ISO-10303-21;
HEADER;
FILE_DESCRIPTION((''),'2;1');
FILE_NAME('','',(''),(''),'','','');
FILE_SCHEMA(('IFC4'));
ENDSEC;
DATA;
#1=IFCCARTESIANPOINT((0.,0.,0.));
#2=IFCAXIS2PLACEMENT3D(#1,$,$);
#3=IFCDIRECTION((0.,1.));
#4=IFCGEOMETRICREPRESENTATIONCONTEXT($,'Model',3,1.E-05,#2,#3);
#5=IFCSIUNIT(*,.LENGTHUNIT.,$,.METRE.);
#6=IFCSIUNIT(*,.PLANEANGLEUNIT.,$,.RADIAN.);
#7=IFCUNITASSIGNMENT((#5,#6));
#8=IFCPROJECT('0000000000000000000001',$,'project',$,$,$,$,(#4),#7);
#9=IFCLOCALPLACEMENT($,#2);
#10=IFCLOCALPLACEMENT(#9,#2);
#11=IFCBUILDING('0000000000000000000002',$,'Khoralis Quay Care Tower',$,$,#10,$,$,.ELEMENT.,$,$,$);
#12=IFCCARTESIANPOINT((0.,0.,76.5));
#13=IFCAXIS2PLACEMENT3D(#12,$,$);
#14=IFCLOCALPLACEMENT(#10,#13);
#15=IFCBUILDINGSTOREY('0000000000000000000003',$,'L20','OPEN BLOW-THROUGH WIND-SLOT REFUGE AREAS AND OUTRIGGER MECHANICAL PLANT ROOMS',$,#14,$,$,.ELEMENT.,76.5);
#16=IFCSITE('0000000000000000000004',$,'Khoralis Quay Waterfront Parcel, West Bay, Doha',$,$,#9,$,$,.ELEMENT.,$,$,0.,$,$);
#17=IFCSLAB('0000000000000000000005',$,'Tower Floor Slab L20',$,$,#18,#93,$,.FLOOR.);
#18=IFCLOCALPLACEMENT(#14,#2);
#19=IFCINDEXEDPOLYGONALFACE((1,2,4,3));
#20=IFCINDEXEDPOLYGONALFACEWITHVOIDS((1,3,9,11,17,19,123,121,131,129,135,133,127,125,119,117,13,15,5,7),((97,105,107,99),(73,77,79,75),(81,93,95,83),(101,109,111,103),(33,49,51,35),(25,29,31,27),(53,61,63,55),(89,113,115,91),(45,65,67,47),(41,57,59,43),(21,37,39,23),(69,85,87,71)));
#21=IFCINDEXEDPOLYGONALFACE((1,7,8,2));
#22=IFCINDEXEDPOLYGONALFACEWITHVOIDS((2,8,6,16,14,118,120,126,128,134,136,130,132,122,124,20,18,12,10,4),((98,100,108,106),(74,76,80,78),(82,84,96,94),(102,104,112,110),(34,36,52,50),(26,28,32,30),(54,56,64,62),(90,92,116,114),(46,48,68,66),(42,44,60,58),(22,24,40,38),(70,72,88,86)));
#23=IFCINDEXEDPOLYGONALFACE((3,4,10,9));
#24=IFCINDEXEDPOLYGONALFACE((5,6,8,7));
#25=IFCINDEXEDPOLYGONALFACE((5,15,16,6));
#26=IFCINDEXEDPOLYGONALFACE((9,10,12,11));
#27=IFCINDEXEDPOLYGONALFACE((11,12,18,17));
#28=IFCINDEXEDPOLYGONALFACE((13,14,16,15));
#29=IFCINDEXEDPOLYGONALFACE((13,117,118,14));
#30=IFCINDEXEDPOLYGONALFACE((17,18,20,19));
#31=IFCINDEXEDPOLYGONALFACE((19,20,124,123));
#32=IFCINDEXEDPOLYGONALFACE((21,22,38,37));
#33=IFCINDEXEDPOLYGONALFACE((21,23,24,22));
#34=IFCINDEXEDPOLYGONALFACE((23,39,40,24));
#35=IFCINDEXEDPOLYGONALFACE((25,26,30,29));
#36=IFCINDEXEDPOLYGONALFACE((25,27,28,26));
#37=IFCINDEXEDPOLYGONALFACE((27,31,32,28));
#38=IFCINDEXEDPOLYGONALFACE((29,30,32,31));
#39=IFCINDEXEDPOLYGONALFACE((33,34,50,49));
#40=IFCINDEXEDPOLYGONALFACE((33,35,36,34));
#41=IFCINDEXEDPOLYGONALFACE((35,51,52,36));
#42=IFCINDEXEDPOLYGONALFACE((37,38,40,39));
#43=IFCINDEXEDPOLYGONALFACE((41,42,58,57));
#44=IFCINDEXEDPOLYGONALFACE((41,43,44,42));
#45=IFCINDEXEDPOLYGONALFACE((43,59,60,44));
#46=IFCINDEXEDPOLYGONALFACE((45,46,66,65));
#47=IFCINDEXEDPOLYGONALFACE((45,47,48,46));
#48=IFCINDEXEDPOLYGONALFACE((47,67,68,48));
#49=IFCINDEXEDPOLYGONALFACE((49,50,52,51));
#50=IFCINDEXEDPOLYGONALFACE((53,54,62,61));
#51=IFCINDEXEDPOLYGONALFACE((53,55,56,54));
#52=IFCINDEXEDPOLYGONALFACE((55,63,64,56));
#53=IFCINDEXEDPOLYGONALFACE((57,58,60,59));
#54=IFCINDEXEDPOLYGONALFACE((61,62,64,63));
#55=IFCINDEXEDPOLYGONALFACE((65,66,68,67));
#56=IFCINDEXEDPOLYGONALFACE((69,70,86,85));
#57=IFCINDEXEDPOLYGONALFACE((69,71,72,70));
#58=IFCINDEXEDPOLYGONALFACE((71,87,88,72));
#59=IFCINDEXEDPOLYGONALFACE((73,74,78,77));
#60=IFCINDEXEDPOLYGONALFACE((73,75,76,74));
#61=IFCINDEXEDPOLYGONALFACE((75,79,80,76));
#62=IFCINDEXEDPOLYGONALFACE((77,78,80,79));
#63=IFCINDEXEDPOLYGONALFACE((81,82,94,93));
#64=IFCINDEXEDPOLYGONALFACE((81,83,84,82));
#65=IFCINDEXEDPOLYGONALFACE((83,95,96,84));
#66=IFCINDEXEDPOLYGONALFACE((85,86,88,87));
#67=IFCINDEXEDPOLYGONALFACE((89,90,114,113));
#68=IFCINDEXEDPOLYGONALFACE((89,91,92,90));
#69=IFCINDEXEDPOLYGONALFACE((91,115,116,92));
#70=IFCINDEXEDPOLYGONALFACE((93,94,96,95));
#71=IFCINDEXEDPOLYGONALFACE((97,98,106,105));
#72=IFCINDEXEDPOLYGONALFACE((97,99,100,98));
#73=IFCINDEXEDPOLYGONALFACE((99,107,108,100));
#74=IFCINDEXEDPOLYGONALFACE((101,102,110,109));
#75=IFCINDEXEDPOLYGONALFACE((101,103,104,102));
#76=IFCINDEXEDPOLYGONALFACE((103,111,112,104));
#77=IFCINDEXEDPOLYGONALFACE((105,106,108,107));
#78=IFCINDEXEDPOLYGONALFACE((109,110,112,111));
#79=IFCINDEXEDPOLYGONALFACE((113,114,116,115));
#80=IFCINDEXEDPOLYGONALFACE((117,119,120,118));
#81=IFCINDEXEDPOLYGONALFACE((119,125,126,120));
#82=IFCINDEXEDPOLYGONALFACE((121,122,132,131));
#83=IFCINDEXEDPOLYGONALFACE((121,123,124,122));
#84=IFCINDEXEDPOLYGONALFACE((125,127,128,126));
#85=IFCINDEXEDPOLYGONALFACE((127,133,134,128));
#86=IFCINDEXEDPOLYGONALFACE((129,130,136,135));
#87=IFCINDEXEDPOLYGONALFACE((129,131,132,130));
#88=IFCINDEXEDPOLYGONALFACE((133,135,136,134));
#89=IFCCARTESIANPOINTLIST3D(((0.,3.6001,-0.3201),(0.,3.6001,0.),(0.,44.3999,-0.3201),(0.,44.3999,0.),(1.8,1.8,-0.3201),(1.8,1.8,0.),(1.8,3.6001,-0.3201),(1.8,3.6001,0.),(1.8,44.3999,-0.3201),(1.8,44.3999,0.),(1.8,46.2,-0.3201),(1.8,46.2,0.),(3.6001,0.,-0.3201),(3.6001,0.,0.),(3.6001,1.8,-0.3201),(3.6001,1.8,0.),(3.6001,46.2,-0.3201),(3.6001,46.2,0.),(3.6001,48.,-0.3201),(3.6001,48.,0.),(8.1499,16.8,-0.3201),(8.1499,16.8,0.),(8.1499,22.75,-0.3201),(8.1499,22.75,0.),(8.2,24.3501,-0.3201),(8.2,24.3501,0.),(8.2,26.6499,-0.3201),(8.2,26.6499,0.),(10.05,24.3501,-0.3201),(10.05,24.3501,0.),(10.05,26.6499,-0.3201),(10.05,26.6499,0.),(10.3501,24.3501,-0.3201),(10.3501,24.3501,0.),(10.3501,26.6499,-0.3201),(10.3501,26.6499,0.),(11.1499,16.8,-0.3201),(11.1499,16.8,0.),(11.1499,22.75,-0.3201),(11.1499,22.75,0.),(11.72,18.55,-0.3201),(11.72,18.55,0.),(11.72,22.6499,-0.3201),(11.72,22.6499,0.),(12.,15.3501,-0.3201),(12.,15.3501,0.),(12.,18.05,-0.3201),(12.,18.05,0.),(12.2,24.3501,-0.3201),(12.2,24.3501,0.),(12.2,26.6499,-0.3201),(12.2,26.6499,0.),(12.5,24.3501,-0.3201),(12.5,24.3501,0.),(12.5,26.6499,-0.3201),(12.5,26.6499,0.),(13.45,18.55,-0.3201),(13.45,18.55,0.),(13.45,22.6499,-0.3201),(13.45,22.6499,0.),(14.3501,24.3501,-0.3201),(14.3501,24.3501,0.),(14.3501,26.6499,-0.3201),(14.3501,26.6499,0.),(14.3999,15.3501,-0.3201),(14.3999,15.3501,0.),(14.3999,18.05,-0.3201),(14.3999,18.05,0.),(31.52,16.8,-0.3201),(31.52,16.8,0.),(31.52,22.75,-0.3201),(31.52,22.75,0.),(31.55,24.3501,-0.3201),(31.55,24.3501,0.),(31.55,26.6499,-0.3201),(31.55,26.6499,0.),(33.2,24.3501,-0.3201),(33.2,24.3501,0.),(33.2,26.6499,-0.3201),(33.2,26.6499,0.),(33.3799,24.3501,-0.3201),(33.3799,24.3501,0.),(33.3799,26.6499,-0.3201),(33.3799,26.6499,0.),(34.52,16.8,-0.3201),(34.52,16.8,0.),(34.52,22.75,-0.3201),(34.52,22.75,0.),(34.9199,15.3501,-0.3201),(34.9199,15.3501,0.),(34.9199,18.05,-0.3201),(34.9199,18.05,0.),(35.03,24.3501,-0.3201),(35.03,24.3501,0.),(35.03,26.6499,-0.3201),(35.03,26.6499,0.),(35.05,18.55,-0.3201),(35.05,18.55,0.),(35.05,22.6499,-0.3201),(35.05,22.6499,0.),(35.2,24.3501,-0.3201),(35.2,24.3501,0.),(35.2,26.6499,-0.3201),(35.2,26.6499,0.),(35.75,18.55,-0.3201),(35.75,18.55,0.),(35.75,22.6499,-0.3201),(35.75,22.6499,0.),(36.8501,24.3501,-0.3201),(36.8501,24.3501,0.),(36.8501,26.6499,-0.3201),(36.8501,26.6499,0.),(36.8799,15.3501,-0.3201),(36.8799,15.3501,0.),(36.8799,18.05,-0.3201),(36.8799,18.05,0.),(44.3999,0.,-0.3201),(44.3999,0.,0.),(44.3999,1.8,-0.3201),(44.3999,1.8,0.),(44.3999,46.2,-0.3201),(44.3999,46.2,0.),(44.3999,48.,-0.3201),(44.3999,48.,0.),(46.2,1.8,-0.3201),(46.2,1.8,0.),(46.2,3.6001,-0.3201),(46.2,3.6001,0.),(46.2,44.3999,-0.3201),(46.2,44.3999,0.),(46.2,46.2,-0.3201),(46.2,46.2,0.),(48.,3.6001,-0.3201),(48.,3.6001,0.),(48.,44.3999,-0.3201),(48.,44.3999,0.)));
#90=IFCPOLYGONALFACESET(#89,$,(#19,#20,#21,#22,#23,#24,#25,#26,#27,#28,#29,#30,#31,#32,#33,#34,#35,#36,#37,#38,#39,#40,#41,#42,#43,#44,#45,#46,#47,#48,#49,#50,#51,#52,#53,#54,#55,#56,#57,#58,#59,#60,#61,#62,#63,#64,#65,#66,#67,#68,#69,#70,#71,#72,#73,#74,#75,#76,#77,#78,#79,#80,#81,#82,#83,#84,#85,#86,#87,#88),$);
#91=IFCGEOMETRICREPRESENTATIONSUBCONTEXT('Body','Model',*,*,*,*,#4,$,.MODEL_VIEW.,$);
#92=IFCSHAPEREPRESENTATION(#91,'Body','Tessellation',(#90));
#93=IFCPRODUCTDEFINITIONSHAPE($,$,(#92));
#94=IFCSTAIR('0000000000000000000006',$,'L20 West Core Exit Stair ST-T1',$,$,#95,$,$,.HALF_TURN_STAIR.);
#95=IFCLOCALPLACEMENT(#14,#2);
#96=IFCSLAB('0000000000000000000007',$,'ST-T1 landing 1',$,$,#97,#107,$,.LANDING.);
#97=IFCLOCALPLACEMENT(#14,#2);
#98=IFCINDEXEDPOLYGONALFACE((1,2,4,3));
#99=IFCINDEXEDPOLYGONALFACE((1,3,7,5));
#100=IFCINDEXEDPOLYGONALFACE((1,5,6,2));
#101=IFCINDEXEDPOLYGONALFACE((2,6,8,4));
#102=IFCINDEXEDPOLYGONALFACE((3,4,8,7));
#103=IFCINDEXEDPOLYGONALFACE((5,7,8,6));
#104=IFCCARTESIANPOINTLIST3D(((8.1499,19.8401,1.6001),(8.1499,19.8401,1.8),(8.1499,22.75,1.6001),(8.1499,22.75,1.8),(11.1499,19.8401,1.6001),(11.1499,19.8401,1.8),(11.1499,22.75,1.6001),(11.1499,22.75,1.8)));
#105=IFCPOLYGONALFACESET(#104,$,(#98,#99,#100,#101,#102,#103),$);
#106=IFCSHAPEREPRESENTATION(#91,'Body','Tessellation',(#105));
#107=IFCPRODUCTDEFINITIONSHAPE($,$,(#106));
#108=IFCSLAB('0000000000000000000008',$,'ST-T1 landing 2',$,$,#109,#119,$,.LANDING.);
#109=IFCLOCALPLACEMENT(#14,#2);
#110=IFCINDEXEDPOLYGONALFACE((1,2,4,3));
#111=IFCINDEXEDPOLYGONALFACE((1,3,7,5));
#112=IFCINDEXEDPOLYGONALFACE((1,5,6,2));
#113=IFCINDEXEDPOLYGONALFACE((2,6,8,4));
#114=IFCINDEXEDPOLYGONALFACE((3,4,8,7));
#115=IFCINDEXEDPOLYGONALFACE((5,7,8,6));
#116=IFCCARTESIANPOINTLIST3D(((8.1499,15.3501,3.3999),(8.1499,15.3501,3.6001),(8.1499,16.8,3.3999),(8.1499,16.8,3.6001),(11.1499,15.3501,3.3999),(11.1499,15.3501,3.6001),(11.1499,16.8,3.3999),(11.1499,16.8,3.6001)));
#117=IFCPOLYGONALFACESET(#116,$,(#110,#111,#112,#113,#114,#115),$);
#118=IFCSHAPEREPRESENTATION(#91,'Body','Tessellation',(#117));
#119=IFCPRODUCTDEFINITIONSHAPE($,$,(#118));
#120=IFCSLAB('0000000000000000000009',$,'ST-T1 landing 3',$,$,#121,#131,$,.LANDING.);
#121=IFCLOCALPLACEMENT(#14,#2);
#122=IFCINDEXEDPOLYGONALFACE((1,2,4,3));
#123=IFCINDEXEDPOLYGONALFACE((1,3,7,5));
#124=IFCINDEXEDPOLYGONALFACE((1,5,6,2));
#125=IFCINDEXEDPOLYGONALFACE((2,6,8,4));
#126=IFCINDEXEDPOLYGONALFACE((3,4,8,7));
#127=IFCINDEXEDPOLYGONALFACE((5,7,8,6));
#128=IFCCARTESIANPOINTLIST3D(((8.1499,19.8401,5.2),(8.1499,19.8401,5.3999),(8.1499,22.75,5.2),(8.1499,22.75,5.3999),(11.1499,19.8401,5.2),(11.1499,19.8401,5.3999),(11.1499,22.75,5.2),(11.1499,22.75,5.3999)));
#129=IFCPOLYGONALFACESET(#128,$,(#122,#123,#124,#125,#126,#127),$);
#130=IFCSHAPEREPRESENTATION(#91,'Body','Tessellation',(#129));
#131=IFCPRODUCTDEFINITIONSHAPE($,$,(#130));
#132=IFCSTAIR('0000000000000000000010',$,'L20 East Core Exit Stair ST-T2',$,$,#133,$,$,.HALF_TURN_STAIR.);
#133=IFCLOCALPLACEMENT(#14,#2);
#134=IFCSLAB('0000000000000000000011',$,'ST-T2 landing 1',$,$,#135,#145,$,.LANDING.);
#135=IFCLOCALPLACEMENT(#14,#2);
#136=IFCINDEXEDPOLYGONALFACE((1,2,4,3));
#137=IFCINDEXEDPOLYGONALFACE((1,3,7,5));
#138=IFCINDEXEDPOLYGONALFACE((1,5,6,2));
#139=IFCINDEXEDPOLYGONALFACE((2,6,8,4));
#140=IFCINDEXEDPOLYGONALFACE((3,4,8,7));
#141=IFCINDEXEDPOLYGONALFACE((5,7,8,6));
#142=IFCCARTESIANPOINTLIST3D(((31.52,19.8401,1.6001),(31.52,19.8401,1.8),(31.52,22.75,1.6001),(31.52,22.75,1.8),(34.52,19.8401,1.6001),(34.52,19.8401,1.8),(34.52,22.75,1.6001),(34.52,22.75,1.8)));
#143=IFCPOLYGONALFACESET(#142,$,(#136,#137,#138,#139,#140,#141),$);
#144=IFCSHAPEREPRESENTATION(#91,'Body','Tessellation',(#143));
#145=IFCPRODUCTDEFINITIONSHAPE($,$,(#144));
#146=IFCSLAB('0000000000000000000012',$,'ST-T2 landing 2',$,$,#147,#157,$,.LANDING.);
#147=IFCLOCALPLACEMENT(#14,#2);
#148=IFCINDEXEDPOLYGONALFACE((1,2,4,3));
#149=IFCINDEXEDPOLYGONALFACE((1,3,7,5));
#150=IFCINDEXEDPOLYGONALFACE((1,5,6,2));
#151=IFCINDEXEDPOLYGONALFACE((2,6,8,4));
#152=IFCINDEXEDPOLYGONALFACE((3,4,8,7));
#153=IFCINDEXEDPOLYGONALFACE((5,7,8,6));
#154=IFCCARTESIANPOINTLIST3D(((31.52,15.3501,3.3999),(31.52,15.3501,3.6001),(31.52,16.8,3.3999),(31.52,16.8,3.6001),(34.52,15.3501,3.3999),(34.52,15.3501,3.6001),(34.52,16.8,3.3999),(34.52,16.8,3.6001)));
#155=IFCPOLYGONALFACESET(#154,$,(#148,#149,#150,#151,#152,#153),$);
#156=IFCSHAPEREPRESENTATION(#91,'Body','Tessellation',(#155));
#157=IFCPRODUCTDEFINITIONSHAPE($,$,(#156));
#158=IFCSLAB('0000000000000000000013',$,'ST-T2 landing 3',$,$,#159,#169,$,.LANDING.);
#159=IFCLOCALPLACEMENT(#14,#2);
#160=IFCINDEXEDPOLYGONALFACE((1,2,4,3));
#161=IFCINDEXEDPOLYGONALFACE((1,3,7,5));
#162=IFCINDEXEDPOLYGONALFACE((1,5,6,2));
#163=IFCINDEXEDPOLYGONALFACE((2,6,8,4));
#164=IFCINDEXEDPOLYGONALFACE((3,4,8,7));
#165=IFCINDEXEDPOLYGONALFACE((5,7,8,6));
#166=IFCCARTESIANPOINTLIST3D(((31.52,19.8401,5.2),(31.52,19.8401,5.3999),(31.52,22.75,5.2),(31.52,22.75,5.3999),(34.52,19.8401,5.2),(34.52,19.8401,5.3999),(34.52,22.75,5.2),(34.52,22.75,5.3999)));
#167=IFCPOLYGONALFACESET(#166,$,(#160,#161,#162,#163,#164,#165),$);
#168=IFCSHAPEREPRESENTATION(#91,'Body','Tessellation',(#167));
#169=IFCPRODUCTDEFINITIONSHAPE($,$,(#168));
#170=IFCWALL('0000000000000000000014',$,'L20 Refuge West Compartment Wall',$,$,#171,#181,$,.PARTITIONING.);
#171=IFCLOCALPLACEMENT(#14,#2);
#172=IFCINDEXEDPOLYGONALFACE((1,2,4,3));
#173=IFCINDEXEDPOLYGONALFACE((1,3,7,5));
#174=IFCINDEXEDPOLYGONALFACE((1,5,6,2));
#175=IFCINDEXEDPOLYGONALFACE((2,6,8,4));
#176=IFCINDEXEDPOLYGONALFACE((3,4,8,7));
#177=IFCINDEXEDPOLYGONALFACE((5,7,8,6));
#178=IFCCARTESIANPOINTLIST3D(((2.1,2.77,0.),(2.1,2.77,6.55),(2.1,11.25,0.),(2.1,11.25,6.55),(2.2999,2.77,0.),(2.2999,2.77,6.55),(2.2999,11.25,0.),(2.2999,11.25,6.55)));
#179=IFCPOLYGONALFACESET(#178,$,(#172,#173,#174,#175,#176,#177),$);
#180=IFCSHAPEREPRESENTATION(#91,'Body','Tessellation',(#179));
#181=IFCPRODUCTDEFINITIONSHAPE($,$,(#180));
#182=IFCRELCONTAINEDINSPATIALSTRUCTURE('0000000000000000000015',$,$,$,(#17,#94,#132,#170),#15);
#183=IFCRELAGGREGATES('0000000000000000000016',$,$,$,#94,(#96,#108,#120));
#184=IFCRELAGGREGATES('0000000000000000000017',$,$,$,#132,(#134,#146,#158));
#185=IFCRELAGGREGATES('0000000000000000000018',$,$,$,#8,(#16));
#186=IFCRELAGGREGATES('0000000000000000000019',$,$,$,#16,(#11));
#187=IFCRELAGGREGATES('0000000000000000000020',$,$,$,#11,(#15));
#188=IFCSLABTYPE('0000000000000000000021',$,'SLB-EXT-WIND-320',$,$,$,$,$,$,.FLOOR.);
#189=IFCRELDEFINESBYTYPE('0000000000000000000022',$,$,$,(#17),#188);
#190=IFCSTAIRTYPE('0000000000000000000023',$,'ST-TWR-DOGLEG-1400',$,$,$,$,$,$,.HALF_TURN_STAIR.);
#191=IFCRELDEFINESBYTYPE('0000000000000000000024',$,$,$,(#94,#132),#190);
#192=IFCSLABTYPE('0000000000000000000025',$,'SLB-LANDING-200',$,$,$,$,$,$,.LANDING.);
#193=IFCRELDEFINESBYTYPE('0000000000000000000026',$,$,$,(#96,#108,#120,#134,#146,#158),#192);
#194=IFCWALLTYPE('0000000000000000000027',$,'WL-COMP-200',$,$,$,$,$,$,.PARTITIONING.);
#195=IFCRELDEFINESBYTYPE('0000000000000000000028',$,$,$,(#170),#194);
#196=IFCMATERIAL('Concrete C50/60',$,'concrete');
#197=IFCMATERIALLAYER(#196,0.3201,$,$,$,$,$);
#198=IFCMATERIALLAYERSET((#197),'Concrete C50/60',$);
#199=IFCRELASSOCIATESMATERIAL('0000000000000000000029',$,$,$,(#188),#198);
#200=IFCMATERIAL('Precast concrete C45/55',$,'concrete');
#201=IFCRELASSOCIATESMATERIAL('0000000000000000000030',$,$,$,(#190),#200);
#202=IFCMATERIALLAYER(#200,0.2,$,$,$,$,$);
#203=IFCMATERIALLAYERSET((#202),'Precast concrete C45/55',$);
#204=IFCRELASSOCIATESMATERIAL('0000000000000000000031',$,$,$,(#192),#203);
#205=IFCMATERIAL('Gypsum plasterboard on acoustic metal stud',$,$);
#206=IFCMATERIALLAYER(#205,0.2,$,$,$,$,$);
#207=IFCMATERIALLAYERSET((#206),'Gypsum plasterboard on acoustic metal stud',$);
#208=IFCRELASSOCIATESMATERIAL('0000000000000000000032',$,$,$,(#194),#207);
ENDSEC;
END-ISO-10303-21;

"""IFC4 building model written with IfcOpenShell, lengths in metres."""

from ifc_helpers import new_model, si_unit, direction, frame, frame_2d, origin, place, context, subcontext, project, spatial, polyline, rectangle, outline, extrude, material, layer, layer_set, type_object, element, aggregate, save


model = new_model("IFC4")

# Units and contexts
model_context = context("Model", 3, precision=1e-05, world=origin(), true_north=direction((0.0, 1.0)))
body_context = subcontext(model_context, "Body", "Model", "MODEL_VIEW")
ifc_project = project(units=[si_unit("LENGTHUNIT", "METRE"), si_unit("PLANEANGLEUNIT", "RADIAN")], contexts=[model_context])

# Site, building, storey
site_placement = place(None, origin())
site = spatial("IfcSite", under=ifc_project, at=site_placement, Name="Khoralis Quay Waterfront Parcel, West Bay, Doha", CompositionType="ELEMENT", RefElevation=0.0)
building_placement = place(site_placement, origin())
building = spatial("IfcBuilding", under=site, at=building_placement, Name="Khoralis Quay Care Tower", CompositionType="ELEMENT")
storey_placement = place(building_placement, frame((0.0, 0.0, 76.5)))
storey = spatial("IfcBuildingStorey", under=building, at=storey_placement, Name="L20", Description="OPEN BLOW-THROUGH WIND-SLOT REFUGE AREAS AND OUTRIGGER MECHANICAL PLANT ROOMS", CompositionType="ELEMENT", Elevation=76.5)

# Slab
ifc_material_1 = material(Name="Concrete C50/60", Category="concrete")
ifc_layer_1 = layer(ifc_material_1, 0.3201)
ifc_layer_set_1 = layer_set([ifc_layer_1], Name="Concrete C50/60")
slab_type_1 = type_object("IfcSlabType", Name="SLB-EXT-WIND-320", PredefinedType="FLOOR", material=ifc_layer_set_1)
slab_1_placement = place(storey_placement, frame((0.0, 0.0, -0.3201)))
element("IfcSlab", 1, at=slab_1_placement, inside=storey, type_object=slab_type_1, Name="Tower Floor Slab L20", PredefinedType="FLOOR", context=body_context, shape_type="SweptSolid", body=[
    extrude(outline(polyline([(3.6001, 0.0), (44.3999, 0.0), (44.3999, 1.8), (46.2, 1.8), (46.2, 3.6001), (48.0, 3.6001), (48.0, 44.3999), (46.2, 44.3999), (46.2, 46.2), (44.3999, 46.2), (44.3999, 48.0), (3.6001, 48.0), (3.6001, 46.2), (1.8, 46.2), (1.8, 44.3999), (0.0, 44.3999), (0.0, 3.6001), (1.8, 3.6001), (1.8, 1.8), (3.6001, 1.8), (3.6001, 0.0)]), holes=[polyline([(11.1499, 16.8), (11.1499, 22.75), (8.1499, 22.75), (8.1499, 16.8), (11.1499, 16.8)]), polyline([(34.52, 16.8), (34.52, 22.75), (31.52, 22.75), (31.52, 16.8), (34.52, 16.8)]), polyline([(12.0, 15.3501), (14.3999, 15.3501), (14.3999, 18.05), (12.0, 18.05), (12.0, 15.3501)]), polyline([(34.9199, 15.3501), (36.8799, 15.3501), (36.8799, 18.05), (34.9199, 18.05), (34.9199, 15.3501)]), polyline([(8.2, 24.3501), (10.05, 24.3501), (10.05, 26.6499), (8.2, 26.6499), (8.2, 24.3501)]), polyline([(31.55, 24.3501), (33.2, 24.3501), (33.2, 26.6499), (31.55, 26.6499), (31.55, 24.3501)]), polyline([(10.3501, 24.3501), (12.2, 24.3501), (12.2, 26.6499), (10.3501, 26.6499), (10.3501, 24.3501)]), polyline([(33.3799, 24.3501), (35.03, 24.3501), (35.03, 26.6499), (33.3799, 26.6499), (33.3799, 24.3501)]), polyline([(12.5, 24.3501), (14.3501, 24.3501), (14.3501, 26.6499), (12.5, 26.6499), (12.5, 24.3501)]), polyline([(35.2, 24.3501), (36.8501, 24.3501), (36.8501, 26.6499), (35.2, 26.6499), (35.2, 24.3501)]), polyline([(11.72, 18.55), (13.45, 18.55), (13.45, 22.6499), (11.72, 22.6499), (11.72, 18.55)]), polyline([(35.05, 18.55), (35.75, 18.55), (35.75, 22.6499), (35.05, 22.6499), (35.05, 18.55)])]), origin(), (0.0, 0.0, 1.0), 0.3201),
])

# Stairs, slabs
ifc_material_2 = material(Name="Precast concrete C45/55", Category="concrete")
stair_type = type_object("IfcStairType", Name="ST-TWR-DOGLEG-1400", PredefinedType="HALF_TURN_STAIR", material=ifc_material_2)
stair_1_placement = place(storey_placement, origin())
stair_1 = element("IfcStair", 2, at=stair_1_placement, inside=storey, type_object=stair_type, Name="L20 West Core Exit Stair ST-T1", PredefinedType="HALF_TURN_STAIR")
ifc_layer_2 = layer(ifc_material_2, 0.2)
ifc_layer_set_2 = layer_set([ifc_layer_2], Name="Precast concrete C45/55")
slab_type_2 = type_object("IfcSlabType", Name="SLB-LANDING-200", PredefinedType="LANDING", material=ifc_layer_set_2)
slab_2_placement = place(storey_placement, frame((0.0, 0.0, 1.6001)))
slab_2 = element("IfcSlab", 3, at=slab_2_placement, type_object=slab_type_2, Name="ST-T1 landing 1", PredefinedType="LANDING", context=body_context, shape_type="SweptSolid", body=[
    extrude(outline(polyline([(11.1499, 19.8401), (11.1499, 22.75), (8.1499, 22.75), (8.1499, 19.8401), (11.1499, 19.8401)])), origin(), (0.0, 0.0, 1.0), 0.2),
])
slab_3_placement = place(storey_placement, frame((0.0, 0.0, 3.3999)))
slab_3 = element("IfcSlab", 4, at=slab_3_placement, type_object=slab_type_2, Name="ST-T1 landing 2", PredefinedType="LANDING", context=body_context, shape_type="SweptSolid", body=[
    extrude(outline(polyline([(11.1499, 15.3501), (11.1499, 16.8), (8.1499, 16.8), (8.1499, 15.3501), (11.1499, 15.3501)])), origin(), (0.0, 0.0, 1.0), 0.2002),
])
slab_4_placement = place(storey_placement, frame((0.0, 0.0, 5.2)))
slab_4 = element("IfcSlab", 5, at=slab_4_placement, type_object=slab_type_2, Name="ST-T1 landing 3", PredefinedType="LANDING", context=body_context, shape_type="SweptSolid", body=[
    extrude(outline(polyline([(11.1499, 19.8401), (11.1499, 22.75), (8.1499, 22.75), (8.1499, 19.8401), (11.1499, 19.8401)])), origin(), (0.0, 0.0, 1.0), 0.2),
])
aggregate(stair_1, [slab_2, slab_3, slab_4])
stair_2_placement = place(storey_placement, origin())
stair_2 = element("IfcStair", 6, at=stair_2_placement, inside=storey, type_object=stair_type, Name="L20 East Core Exit Stair ST-T2", PredefinedType="HALF_TURN_STAIR")
slab_5_placement = place(storey_placement, frame((0.0, 0.0, 1.6001)))
slab_5 = element("IfcSlab", 7, at=slab_5_placement, type_object=slab_type_2, Name="ST-T2 landing 1", PredefinedType="LANDING", context=body_context, shape_type="SweptSolid", body=[
    extrude(outline(polyline([(34.52, 19.8401), (34.52, 22.75), (31.52, 22.75), (31.52, 19.8401), (34.52, 19.8401)])), origin(), (0.0, 0.0, 1.0), 0.2),
])
slab_6_placement = place(storey_placement, frame((0.0, 0.0, 3.3999)))
slab_6 = element("IfcSlab", 8, at=slab_6_placement, type_object=slab_type_2, Name="ST-T2 landing 2", PredefinedType="LANDING", context=body_context, shape_type="SweptSolid", body=[
    extrude(outline(polyline([(34.52, 15.3501), (34.52, 16.8), (31.52, 16.8), (31.52, 15.3501), (34.52, 15.3501)])), origin(), (0.0, 0.0, 1.0), 0.2002),
])
slab_7_placement = place(storey_placement, frame((0.0, 0.0, 5.2)))
slab_7 = element("IfcSlab", 9, at=slab_7_placement, type_object=slab_type_2, Name="ST-T2 landing 3", PredefinedType="LANDING", context=body_context, shape_type="SweptSolid", body=[
    extrude(outline(polyline([(34.52, 19.8401), (34.52, 22.75), (31.52, 22.75), (31.52, 19.8401), (34.52, 19.8401)])), origin(), (0.0, 0.0, 1.0), 0.2),
])
aggregate(stair_2, [slab_5, slab_6, slab_7])

# Wall
ifc_material_3 = material(Name="Gypsum plasterboard on acoustic metal stud")
ifc_layer_3 = layer(ifc_material_3, 0.2)
ifc_layer_set_3 = layer_set([ifc_layer_3], Name="Gypsum plasterboard on acoustic metal stud")
wall_type_1 = type_object("IfcWallType", Name="WL-COMP-200", PredefinedType="PARTITIONING", material=ifc_layer_set_3)
wall_1_placement = place(storey_placement, frame((2.2, 2.77, 0.0), z_axis=(0.0, 0.0, 1.0), x_axis=(0.0, 1.0, 0.0)))
element("IfcWall", 10, at=wall_1_placement, inside=storey, type_object=wall_type_1, Name="L20 Refuge West Compartment Wall", PredefinedType="PARTITIONING", context=body_context, shape_type="SweptSolid", body=[
    extrude(rectangle(XDim=8.48, YDim=0.2, at=frame_2d((4.24, 0.0))), origin(), (0.0, 0.0, 1.0), 6.55),
])

save(model, "model.ifc")
